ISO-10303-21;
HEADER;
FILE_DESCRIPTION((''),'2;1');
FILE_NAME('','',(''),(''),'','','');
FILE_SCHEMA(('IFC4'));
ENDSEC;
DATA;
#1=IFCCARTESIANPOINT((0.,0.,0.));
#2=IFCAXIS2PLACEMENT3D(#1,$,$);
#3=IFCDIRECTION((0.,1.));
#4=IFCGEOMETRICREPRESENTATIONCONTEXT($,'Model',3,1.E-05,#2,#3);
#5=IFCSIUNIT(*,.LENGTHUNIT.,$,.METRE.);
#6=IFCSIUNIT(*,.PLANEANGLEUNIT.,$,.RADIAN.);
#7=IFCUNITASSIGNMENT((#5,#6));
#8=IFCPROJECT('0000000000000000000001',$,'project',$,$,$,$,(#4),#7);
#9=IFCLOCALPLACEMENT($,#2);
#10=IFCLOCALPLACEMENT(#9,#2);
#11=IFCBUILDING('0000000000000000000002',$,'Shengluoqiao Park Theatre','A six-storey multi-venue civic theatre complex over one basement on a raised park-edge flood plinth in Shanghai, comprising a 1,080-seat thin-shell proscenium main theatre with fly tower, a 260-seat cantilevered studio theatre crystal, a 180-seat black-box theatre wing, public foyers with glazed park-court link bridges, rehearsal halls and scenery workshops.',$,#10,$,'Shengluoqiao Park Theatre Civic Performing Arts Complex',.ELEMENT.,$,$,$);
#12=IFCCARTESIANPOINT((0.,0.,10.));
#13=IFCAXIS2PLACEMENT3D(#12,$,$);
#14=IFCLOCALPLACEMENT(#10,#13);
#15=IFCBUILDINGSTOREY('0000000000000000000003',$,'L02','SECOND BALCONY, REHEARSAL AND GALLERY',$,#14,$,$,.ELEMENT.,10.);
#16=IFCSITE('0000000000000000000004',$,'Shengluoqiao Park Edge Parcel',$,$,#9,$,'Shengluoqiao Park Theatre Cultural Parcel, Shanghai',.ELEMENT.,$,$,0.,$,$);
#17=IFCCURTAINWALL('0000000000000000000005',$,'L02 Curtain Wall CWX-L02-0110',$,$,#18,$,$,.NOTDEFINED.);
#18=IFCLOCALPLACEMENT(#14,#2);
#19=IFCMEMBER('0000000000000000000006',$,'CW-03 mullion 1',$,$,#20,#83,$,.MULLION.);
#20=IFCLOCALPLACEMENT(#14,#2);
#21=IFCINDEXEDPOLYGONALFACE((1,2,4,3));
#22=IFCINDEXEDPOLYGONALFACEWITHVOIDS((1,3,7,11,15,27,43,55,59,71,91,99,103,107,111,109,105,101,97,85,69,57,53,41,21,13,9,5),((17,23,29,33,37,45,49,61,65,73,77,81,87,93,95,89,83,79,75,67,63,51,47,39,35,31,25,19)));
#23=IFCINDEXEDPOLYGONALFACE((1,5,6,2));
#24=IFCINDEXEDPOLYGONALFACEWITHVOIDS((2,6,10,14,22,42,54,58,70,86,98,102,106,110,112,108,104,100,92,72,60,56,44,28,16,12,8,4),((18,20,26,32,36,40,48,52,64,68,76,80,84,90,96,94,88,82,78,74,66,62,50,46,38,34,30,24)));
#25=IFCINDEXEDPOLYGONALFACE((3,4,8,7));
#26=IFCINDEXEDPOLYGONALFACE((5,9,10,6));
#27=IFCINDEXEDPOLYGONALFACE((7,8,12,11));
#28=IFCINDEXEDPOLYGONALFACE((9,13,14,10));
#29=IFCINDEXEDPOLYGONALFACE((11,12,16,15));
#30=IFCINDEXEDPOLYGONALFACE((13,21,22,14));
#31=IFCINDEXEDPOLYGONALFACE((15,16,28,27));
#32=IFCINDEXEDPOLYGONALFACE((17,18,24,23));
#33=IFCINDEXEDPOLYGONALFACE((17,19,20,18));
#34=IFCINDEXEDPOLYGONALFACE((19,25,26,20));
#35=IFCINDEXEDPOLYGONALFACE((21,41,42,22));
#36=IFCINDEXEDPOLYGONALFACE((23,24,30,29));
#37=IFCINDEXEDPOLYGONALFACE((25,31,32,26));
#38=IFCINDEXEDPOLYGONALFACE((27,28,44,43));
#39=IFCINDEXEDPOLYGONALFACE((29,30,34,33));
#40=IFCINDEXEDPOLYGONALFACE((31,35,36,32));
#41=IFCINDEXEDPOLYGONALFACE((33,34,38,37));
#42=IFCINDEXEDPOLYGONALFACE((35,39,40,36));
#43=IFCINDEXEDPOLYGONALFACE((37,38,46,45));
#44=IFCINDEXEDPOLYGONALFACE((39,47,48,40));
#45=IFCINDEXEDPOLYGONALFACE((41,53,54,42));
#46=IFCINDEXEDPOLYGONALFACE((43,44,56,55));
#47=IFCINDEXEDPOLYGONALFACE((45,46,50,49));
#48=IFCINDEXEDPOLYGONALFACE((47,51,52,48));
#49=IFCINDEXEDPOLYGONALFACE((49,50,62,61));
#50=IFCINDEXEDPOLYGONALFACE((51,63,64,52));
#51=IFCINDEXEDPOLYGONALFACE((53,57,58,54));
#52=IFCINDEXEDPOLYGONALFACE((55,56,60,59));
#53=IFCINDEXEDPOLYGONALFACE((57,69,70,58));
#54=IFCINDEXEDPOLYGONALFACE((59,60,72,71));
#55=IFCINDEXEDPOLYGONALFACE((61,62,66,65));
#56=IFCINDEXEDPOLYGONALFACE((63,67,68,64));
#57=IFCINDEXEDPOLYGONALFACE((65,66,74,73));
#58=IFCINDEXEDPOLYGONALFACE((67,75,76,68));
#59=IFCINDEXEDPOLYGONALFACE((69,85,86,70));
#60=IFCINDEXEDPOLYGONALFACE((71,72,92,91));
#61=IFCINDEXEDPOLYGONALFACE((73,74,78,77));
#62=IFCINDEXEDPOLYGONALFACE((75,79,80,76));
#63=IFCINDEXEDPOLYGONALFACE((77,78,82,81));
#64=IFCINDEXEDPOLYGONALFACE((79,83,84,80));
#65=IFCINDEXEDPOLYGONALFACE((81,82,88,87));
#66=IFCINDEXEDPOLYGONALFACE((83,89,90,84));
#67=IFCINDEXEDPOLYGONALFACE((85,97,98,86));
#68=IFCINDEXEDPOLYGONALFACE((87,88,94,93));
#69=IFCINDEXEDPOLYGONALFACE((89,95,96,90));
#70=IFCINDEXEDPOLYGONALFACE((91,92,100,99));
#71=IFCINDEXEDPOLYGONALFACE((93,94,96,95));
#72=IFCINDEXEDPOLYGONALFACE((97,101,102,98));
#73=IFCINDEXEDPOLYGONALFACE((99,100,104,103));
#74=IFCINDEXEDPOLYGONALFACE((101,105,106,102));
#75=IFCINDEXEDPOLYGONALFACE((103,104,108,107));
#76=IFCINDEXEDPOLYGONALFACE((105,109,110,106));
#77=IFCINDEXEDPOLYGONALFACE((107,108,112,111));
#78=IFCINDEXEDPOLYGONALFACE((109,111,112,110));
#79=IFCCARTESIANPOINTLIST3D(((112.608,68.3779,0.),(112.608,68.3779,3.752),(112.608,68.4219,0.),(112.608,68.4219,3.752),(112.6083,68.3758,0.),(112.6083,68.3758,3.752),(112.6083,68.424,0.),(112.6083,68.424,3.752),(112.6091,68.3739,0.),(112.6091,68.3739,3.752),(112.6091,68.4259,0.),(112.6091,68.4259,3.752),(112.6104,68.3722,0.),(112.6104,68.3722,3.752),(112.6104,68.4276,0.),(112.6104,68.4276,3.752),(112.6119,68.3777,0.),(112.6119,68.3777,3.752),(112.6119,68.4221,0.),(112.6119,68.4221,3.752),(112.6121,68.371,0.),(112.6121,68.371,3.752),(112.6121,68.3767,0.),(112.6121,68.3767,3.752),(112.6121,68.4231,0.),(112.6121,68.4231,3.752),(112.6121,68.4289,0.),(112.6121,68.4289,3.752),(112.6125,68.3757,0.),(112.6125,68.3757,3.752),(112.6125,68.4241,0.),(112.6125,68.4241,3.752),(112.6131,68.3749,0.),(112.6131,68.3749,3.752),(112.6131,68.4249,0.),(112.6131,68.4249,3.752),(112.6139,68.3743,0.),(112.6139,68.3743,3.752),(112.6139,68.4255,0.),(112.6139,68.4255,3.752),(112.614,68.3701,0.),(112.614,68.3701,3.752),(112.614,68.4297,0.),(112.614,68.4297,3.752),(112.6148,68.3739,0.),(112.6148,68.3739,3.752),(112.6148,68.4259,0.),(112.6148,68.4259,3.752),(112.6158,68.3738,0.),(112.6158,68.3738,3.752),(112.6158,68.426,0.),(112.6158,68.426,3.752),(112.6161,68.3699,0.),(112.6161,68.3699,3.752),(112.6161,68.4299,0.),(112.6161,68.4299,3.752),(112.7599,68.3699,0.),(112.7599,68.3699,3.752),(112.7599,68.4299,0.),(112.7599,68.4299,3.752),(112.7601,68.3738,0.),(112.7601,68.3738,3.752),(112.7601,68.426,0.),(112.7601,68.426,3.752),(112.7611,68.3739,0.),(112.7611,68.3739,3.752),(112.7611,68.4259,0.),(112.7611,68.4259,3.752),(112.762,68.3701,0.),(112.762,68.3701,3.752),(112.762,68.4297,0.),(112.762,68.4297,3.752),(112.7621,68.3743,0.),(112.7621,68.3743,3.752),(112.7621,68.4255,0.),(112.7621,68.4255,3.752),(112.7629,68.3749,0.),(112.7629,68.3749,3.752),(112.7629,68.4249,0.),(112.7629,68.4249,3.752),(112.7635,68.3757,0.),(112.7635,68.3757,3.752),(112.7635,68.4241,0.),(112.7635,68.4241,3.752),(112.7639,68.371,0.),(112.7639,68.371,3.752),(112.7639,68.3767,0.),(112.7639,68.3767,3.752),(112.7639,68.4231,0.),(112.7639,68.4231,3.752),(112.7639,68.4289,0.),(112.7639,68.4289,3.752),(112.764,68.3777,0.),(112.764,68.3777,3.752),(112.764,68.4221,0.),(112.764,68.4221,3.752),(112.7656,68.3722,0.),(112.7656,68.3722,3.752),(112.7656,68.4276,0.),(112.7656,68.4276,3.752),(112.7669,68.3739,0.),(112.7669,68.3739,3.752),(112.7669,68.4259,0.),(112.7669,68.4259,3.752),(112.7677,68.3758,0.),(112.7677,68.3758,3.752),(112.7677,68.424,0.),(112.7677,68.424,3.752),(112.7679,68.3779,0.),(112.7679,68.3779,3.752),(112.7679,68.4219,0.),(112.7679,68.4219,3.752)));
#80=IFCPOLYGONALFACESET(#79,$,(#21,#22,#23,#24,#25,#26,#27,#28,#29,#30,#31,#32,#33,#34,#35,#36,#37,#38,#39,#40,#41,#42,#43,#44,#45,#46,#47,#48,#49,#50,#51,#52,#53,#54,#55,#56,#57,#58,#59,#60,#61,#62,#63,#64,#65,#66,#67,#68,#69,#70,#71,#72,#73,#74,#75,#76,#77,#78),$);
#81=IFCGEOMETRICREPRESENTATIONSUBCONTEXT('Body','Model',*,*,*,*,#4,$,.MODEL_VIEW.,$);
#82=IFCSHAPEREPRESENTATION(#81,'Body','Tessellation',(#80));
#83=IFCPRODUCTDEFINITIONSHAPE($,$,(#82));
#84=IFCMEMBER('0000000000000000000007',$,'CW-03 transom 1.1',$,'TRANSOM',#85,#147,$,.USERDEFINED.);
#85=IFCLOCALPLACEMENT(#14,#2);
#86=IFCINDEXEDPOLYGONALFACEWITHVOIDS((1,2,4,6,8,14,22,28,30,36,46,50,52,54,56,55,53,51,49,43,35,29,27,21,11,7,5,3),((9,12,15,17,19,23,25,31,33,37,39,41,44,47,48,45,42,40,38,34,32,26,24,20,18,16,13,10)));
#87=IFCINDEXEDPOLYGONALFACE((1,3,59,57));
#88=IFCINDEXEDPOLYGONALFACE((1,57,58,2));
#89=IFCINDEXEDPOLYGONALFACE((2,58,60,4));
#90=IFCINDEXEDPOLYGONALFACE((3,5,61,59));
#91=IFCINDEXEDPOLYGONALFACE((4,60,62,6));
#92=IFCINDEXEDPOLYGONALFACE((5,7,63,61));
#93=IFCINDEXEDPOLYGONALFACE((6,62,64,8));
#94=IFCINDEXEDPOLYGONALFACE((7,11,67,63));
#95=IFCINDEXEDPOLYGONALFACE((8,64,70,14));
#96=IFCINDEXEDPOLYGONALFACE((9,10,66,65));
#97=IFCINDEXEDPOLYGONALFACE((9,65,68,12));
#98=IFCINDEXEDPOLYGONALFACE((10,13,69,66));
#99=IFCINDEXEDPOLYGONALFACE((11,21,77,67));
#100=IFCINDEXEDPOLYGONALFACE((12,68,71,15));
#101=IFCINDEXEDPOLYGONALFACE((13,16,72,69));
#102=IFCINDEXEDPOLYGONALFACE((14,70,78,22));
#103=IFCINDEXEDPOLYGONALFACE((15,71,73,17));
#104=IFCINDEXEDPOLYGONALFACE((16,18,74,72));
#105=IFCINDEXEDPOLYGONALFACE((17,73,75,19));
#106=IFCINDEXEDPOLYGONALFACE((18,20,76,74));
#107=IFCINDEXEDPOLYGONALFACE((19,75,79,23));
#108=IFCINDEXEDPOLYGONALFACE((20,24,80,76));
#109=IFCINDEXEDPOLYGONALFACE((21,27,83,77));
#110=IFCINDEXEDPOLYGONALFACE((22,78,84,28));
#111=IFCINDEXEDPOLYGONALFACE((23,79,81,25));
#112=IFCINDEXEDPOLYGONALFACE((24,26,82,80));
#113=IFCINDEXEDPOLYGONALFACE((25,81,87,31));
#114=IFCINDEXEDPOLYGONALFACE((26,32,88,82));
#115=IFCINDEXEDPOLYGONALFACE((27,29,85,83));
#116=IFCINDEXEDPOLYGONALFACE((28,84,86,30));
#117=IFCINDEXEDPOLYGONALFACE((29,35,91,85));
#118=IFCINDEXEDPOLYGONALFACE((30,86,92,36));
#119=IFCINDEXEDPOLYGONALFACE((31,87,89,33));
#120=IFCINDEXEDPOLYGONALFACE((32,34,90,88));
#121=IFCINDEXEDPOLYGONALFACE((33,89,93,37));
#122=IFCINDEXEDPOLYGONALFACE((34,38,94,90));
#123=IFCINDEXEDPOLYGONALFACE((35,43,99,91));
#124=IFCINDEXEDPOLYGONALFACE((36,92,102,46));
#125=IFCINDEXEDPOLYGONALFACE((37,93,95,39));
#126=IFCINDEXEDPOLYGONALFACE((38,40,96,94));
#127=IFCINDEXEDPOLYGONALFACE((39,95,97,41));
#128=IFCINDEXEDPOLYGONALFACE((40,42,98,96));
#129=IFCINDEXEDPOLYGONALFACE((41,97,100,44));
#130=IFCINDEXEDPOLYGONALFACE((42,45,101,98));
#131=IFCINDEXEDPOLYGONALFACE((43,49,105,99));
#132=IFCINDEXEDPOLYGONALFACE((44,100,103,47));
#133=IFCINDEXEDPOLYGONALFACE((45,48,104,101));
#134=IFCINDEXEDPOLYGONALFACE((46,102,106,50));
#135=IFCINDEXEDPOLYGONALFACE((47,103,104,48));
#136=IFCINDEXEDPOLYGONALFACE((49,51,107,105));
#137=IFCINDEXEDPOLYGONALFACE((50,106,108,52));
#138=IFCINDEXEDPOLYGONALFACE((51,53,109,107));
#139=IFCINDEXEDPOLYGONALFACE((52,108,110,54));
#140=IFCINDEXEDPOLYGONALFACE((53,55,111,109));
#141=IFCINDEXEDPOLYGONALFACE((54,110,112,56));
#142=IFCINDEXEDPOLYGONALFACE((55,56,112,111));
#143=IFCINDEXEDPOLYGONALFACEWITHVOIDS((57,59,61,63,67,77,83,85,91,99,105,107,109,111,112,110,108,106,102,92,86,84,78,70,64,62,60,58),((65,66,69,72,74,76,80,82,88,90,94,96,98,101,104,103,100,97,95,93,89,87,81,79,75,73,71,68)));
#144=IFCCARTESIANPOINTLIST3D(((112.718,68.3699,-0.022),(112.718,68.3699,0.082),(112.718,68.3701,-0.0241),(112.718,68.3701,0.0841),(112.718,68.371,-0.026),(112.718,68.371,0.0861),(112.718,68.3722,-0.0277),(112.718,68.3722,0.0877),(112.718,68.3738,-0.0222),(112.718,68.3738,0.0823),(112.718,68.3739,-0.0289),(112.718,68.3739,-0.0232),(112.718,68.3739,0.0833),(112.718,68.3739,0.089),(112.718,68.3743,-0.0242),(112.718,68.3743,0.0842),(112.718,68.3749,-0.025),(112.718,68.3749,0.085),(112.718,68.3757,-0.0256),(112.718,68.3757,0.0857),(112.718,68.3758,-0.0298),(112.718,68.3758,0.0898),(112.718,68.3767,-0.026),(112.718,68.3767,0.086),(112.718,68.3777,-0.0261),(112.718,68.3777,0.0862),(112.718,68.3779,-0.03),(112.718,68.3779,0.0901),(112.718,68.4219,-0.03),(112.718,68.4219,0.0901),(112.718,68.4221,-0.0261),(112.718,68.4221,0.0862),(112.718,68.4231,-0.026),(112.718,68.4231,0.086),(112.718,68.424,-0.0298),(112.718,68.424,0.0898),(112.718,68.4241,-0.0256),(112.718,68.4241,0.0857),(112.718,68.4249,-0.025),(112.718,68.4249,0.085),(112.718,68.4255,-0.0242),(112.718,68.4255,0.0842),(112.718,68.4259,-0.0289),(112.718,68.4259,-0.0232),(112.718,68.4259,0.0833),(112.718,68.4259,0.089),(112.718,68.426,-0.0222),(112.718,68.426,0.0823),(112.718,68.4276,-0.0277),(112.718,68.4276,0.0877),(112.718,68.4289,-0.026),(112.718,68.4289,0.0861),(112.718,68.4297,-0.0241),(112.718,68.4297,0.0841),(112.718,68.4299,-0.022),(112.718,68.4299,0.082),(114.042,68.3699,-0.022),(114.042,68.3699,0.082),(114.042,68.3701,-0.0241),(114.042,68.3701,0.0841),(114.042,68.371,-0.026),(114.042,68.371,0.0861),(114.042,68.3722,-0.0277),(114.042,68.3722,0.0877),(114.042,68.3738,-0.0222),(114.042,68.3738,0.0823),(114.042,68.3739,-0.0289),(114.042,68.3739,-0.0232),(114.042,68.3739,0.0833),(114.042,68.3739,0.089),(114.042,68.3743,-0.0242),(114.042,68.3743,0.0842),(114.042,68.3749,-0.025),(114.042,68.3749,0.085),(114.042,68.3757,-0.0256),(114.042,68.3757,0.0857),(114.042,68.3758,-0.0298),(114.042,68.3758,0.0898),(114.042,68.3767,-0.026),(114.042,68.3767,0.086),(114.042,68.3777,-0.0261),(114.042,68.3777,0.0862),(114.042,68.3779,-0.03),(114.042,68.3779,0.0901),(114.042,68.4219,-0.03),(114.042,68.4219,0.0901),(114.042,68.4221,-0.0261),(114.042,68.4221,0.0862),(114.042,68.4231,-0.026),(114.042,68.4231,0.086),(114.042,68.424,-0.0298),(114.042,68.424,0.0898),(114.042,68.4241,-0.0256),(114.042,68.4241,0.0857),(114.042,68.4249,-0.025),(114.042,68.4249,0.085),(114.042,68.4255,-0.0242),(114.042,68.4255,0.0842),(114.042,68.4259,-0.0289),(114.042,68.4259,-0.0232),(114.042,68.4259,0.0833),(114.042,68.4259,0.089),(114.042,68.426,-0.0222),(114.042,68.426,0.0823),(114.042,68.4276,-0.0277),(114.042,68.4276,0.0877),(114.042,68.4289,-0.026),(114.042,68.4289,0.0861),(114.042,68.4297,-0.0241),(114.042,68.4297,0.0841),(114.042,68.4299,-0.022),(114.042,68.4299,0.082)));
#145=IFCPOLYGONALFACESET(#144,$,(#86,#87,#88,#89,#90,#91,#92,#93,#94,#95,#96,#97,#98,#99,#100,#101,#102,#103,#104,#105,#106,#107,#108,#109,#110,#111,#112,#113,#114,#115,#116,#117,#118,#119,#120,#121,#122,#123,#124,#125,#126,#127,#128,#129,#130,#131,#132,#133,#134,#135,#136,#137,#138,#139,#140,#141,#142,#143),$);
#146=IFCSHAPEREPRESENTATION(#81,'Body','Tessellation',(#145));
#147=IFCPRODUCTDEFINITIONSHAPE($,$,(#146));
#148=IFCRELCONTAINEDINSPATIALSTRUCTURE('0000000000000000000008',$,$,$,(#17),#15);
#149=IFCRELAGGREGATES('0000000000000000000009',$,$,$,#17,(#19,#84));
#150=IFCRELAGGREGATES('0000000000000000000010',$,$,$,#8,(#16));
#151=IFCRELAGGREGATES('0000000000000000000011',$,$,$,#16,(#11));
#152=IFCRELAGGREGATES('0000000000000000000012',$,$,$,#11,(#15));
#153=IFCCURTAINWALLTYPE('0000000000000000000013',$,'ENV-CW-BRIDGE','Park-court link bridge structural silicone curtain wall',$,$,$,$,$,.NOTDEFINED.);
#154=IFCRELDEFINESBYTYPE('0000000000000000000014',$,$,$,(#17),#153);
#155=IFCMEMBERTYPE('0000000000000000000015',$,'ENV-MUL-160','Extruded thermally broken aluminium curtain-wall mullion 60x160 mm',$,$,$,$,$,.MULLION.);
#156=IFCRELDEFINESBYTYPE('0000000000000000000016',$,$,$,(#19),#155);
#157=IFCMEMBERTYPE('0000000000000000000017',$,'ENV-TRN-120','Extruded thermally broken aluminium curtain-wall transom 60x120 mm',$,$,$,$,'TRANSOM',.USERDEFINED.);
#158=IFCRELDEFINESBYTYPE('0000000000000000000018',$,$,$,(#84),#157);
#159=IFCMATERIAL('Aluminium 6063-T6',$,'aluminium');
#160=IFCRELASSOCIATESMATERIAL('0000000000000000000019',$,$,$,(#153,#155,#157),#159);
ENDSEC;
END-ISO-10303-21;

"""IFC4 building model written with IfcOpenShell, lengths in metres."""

from ifc_helpers import new_model, si_unit, direction, frame, origin, origin_2d, place, context, subcontext, project, spatial, hollow_rectangle, extrude, material, material_profile, profile_set, type_object, element, aggregate, save


model = new_model("IFC4")

# Units and contexts
model_context = context("Model", 3, precision=1e-05, world=origin(), true_north=direction((0.0, 1.0)))
body_context = subcontext(model_context, "Body", "Model", "MODEL_VIEW")
ifc_project = project(units=[si_unit("LENGTHUNIT", "METRE"), si_unit("PLANEANGLEUNIT", "RADIAN")], contexts=[model_context])

# Site, building, storey
site_placement = place(None, origin())
site = spatial("IfcSite", under=ifc_project, at=site_placement, Name="Shengluoqiao Park Edge Parcel", LongName="Shengluoqiao Park Theatre Cultural Parcel, Shanghai", CompositionType="ELEMENT", RefElevation=0.0)
building_placement = place(site_placement, origin())
building = spatial("IfcBuilding", under=site, at=building_placement, Name="Shengluoqiao Park Theatre", Description="A six-storey multi-venue civic theatre complex over one basement on a raised park-edge flood plinth in Shanghai, comprising a 1,080-seat thin-shell proscenium main theatre with fly tower, a 260-seat cantilevered studio theatre crystal, a 180-seat black-box theatre wing, public foyers with glazed park-court link bridges, rehearsal halls and scenery workshops.", LongName="Shengluoqiao Park Theatre Civic Performing Arts Complex", CompositionType="ELEMENT")
storey_placement = place(building_placement, frame((0.0, 0.0, 10.0)))
storey = spatial("IfcBuildingStorey", under=building, at=storey_placement, Name="L02", Description="SECOND BALCONY, REHEARSAL AND GALLERY", CompositionType="ELEMENT", Elevation=10.0)

# Shared definitions
ifc_material_1 = material(Name="Aluminium 6063-T6", Category="aluminium")
curtain_wall_type = type_object("IfcCurtainWallType", Name="ENV-CW-BRIDGE", Description="Park-court link bridge structural silicone curtain wall", PredefinedType="NOTDEFINED", material=ifc_material_1)
ifc_material_profile_1 = material_profile(ifc_material_1, hollow_rectangle(XDim=0.0601, YDim=0.1599, WallThickness=0.0039, InnerFilletRadius=0.0039, OuterFilletRadius=0.0081, at=origin_2d()), Name="ALU MULLION 160x60x4")
ifc_profile_set_1 = profile_set([ifc_material_profile_1], Name="Aluminium 6063-T6")
member_type_1 = type_object("IfcMemberType", Name="ENV-MUL-160", Description="Extruded thermally broken aluminium curtain-wall mullion 60x160 mm", PredefinedType="MULLION", material=ifc_profile_set_1)

# Curtain wall, members
curtain_wall_1_placement = place(storey_placement, origin())
curtain_wall_1 = element("IfcCurtainWall", 1, at=curtain_wall_1_placement, inside=storey, type_object=curtain_wall_type, Name="L02 Curtain Wall CWX-L02-0110", PredefinedType="NOTDEFINED")
member_1_placement = place(storey_placement, frame((112.688, 68.3999, 0.0), z_axis=(0.0, 0.0, 1.0), x_axis=(0.0, 1.0, 0.0)))
member_1 = element("IfcMember", 2, at=member_1_placement, type_object=member_type_1, Name="CW-03 mullion 1", PredefinedType="MULLION", context=body_context, shape_type="SweptSolid", body=[
    extrude(hollow_rectangle(XDim=0.0601, YDim=0.1599, WallThickness=0.0039, InnerFilletRadius=0.0039, OuterFilletRadius=0.0081, at=origin_2d()), origin(), (0.0, 0.0, 1.0), 3.752),
])
ifc_material_profile_2 = material_profile(ifc_material_1, hollow_rectangle(XDim=0.0601, YDim=0.1201, WallThickness=0.0039, InnerFilletRadius=0.0039, OuterFilletRadius=0.0081, at=origin_2d()), Name="ALU TRANSOM 120x60x4")
ifc_profile_set_2 = profile_set([ifc_material_profile_2], Name="Aluminium 6063-T6")
member_type_2 = type_object("IfcMemberType", Name="ENV-TRN-120", Description="Extruded thermally broken aluminium curtain-wall transom 60x120 mm", ElementType="TRANSOM", PredefinedType="USERDEFINED", material=ifc_profile_set_2)
member_2_placement = place(storey_placement, frame((112.718, 68.3999, 0.03), z_axis=(1.0, 0.0, 0.0), x_axis=(0.0, 1.0, 0.0)))
member_2 = element("IfcMember", 3, at=member_2_placement, type_object=member_type_2, Name="CW-03 transom 1.1", ObjectType="TRANSOM", PredefinedType="USERDEFINED", context=body_context, shape_type="SweptSolid", body=[
    extrude(hollow_rectangle(XDim=0.0601, YDim=0.1201, WallThickness=0.0039, InnerFilletRadius=0.0039, OuterFilletRadius=0.0081, at=origin_2d()), origin(), (0.0, 0.0, 1.0), 1.324),
])

aggregate(curtain_wall_1, [member_1, member_2])

save(model, "model.ifc")
